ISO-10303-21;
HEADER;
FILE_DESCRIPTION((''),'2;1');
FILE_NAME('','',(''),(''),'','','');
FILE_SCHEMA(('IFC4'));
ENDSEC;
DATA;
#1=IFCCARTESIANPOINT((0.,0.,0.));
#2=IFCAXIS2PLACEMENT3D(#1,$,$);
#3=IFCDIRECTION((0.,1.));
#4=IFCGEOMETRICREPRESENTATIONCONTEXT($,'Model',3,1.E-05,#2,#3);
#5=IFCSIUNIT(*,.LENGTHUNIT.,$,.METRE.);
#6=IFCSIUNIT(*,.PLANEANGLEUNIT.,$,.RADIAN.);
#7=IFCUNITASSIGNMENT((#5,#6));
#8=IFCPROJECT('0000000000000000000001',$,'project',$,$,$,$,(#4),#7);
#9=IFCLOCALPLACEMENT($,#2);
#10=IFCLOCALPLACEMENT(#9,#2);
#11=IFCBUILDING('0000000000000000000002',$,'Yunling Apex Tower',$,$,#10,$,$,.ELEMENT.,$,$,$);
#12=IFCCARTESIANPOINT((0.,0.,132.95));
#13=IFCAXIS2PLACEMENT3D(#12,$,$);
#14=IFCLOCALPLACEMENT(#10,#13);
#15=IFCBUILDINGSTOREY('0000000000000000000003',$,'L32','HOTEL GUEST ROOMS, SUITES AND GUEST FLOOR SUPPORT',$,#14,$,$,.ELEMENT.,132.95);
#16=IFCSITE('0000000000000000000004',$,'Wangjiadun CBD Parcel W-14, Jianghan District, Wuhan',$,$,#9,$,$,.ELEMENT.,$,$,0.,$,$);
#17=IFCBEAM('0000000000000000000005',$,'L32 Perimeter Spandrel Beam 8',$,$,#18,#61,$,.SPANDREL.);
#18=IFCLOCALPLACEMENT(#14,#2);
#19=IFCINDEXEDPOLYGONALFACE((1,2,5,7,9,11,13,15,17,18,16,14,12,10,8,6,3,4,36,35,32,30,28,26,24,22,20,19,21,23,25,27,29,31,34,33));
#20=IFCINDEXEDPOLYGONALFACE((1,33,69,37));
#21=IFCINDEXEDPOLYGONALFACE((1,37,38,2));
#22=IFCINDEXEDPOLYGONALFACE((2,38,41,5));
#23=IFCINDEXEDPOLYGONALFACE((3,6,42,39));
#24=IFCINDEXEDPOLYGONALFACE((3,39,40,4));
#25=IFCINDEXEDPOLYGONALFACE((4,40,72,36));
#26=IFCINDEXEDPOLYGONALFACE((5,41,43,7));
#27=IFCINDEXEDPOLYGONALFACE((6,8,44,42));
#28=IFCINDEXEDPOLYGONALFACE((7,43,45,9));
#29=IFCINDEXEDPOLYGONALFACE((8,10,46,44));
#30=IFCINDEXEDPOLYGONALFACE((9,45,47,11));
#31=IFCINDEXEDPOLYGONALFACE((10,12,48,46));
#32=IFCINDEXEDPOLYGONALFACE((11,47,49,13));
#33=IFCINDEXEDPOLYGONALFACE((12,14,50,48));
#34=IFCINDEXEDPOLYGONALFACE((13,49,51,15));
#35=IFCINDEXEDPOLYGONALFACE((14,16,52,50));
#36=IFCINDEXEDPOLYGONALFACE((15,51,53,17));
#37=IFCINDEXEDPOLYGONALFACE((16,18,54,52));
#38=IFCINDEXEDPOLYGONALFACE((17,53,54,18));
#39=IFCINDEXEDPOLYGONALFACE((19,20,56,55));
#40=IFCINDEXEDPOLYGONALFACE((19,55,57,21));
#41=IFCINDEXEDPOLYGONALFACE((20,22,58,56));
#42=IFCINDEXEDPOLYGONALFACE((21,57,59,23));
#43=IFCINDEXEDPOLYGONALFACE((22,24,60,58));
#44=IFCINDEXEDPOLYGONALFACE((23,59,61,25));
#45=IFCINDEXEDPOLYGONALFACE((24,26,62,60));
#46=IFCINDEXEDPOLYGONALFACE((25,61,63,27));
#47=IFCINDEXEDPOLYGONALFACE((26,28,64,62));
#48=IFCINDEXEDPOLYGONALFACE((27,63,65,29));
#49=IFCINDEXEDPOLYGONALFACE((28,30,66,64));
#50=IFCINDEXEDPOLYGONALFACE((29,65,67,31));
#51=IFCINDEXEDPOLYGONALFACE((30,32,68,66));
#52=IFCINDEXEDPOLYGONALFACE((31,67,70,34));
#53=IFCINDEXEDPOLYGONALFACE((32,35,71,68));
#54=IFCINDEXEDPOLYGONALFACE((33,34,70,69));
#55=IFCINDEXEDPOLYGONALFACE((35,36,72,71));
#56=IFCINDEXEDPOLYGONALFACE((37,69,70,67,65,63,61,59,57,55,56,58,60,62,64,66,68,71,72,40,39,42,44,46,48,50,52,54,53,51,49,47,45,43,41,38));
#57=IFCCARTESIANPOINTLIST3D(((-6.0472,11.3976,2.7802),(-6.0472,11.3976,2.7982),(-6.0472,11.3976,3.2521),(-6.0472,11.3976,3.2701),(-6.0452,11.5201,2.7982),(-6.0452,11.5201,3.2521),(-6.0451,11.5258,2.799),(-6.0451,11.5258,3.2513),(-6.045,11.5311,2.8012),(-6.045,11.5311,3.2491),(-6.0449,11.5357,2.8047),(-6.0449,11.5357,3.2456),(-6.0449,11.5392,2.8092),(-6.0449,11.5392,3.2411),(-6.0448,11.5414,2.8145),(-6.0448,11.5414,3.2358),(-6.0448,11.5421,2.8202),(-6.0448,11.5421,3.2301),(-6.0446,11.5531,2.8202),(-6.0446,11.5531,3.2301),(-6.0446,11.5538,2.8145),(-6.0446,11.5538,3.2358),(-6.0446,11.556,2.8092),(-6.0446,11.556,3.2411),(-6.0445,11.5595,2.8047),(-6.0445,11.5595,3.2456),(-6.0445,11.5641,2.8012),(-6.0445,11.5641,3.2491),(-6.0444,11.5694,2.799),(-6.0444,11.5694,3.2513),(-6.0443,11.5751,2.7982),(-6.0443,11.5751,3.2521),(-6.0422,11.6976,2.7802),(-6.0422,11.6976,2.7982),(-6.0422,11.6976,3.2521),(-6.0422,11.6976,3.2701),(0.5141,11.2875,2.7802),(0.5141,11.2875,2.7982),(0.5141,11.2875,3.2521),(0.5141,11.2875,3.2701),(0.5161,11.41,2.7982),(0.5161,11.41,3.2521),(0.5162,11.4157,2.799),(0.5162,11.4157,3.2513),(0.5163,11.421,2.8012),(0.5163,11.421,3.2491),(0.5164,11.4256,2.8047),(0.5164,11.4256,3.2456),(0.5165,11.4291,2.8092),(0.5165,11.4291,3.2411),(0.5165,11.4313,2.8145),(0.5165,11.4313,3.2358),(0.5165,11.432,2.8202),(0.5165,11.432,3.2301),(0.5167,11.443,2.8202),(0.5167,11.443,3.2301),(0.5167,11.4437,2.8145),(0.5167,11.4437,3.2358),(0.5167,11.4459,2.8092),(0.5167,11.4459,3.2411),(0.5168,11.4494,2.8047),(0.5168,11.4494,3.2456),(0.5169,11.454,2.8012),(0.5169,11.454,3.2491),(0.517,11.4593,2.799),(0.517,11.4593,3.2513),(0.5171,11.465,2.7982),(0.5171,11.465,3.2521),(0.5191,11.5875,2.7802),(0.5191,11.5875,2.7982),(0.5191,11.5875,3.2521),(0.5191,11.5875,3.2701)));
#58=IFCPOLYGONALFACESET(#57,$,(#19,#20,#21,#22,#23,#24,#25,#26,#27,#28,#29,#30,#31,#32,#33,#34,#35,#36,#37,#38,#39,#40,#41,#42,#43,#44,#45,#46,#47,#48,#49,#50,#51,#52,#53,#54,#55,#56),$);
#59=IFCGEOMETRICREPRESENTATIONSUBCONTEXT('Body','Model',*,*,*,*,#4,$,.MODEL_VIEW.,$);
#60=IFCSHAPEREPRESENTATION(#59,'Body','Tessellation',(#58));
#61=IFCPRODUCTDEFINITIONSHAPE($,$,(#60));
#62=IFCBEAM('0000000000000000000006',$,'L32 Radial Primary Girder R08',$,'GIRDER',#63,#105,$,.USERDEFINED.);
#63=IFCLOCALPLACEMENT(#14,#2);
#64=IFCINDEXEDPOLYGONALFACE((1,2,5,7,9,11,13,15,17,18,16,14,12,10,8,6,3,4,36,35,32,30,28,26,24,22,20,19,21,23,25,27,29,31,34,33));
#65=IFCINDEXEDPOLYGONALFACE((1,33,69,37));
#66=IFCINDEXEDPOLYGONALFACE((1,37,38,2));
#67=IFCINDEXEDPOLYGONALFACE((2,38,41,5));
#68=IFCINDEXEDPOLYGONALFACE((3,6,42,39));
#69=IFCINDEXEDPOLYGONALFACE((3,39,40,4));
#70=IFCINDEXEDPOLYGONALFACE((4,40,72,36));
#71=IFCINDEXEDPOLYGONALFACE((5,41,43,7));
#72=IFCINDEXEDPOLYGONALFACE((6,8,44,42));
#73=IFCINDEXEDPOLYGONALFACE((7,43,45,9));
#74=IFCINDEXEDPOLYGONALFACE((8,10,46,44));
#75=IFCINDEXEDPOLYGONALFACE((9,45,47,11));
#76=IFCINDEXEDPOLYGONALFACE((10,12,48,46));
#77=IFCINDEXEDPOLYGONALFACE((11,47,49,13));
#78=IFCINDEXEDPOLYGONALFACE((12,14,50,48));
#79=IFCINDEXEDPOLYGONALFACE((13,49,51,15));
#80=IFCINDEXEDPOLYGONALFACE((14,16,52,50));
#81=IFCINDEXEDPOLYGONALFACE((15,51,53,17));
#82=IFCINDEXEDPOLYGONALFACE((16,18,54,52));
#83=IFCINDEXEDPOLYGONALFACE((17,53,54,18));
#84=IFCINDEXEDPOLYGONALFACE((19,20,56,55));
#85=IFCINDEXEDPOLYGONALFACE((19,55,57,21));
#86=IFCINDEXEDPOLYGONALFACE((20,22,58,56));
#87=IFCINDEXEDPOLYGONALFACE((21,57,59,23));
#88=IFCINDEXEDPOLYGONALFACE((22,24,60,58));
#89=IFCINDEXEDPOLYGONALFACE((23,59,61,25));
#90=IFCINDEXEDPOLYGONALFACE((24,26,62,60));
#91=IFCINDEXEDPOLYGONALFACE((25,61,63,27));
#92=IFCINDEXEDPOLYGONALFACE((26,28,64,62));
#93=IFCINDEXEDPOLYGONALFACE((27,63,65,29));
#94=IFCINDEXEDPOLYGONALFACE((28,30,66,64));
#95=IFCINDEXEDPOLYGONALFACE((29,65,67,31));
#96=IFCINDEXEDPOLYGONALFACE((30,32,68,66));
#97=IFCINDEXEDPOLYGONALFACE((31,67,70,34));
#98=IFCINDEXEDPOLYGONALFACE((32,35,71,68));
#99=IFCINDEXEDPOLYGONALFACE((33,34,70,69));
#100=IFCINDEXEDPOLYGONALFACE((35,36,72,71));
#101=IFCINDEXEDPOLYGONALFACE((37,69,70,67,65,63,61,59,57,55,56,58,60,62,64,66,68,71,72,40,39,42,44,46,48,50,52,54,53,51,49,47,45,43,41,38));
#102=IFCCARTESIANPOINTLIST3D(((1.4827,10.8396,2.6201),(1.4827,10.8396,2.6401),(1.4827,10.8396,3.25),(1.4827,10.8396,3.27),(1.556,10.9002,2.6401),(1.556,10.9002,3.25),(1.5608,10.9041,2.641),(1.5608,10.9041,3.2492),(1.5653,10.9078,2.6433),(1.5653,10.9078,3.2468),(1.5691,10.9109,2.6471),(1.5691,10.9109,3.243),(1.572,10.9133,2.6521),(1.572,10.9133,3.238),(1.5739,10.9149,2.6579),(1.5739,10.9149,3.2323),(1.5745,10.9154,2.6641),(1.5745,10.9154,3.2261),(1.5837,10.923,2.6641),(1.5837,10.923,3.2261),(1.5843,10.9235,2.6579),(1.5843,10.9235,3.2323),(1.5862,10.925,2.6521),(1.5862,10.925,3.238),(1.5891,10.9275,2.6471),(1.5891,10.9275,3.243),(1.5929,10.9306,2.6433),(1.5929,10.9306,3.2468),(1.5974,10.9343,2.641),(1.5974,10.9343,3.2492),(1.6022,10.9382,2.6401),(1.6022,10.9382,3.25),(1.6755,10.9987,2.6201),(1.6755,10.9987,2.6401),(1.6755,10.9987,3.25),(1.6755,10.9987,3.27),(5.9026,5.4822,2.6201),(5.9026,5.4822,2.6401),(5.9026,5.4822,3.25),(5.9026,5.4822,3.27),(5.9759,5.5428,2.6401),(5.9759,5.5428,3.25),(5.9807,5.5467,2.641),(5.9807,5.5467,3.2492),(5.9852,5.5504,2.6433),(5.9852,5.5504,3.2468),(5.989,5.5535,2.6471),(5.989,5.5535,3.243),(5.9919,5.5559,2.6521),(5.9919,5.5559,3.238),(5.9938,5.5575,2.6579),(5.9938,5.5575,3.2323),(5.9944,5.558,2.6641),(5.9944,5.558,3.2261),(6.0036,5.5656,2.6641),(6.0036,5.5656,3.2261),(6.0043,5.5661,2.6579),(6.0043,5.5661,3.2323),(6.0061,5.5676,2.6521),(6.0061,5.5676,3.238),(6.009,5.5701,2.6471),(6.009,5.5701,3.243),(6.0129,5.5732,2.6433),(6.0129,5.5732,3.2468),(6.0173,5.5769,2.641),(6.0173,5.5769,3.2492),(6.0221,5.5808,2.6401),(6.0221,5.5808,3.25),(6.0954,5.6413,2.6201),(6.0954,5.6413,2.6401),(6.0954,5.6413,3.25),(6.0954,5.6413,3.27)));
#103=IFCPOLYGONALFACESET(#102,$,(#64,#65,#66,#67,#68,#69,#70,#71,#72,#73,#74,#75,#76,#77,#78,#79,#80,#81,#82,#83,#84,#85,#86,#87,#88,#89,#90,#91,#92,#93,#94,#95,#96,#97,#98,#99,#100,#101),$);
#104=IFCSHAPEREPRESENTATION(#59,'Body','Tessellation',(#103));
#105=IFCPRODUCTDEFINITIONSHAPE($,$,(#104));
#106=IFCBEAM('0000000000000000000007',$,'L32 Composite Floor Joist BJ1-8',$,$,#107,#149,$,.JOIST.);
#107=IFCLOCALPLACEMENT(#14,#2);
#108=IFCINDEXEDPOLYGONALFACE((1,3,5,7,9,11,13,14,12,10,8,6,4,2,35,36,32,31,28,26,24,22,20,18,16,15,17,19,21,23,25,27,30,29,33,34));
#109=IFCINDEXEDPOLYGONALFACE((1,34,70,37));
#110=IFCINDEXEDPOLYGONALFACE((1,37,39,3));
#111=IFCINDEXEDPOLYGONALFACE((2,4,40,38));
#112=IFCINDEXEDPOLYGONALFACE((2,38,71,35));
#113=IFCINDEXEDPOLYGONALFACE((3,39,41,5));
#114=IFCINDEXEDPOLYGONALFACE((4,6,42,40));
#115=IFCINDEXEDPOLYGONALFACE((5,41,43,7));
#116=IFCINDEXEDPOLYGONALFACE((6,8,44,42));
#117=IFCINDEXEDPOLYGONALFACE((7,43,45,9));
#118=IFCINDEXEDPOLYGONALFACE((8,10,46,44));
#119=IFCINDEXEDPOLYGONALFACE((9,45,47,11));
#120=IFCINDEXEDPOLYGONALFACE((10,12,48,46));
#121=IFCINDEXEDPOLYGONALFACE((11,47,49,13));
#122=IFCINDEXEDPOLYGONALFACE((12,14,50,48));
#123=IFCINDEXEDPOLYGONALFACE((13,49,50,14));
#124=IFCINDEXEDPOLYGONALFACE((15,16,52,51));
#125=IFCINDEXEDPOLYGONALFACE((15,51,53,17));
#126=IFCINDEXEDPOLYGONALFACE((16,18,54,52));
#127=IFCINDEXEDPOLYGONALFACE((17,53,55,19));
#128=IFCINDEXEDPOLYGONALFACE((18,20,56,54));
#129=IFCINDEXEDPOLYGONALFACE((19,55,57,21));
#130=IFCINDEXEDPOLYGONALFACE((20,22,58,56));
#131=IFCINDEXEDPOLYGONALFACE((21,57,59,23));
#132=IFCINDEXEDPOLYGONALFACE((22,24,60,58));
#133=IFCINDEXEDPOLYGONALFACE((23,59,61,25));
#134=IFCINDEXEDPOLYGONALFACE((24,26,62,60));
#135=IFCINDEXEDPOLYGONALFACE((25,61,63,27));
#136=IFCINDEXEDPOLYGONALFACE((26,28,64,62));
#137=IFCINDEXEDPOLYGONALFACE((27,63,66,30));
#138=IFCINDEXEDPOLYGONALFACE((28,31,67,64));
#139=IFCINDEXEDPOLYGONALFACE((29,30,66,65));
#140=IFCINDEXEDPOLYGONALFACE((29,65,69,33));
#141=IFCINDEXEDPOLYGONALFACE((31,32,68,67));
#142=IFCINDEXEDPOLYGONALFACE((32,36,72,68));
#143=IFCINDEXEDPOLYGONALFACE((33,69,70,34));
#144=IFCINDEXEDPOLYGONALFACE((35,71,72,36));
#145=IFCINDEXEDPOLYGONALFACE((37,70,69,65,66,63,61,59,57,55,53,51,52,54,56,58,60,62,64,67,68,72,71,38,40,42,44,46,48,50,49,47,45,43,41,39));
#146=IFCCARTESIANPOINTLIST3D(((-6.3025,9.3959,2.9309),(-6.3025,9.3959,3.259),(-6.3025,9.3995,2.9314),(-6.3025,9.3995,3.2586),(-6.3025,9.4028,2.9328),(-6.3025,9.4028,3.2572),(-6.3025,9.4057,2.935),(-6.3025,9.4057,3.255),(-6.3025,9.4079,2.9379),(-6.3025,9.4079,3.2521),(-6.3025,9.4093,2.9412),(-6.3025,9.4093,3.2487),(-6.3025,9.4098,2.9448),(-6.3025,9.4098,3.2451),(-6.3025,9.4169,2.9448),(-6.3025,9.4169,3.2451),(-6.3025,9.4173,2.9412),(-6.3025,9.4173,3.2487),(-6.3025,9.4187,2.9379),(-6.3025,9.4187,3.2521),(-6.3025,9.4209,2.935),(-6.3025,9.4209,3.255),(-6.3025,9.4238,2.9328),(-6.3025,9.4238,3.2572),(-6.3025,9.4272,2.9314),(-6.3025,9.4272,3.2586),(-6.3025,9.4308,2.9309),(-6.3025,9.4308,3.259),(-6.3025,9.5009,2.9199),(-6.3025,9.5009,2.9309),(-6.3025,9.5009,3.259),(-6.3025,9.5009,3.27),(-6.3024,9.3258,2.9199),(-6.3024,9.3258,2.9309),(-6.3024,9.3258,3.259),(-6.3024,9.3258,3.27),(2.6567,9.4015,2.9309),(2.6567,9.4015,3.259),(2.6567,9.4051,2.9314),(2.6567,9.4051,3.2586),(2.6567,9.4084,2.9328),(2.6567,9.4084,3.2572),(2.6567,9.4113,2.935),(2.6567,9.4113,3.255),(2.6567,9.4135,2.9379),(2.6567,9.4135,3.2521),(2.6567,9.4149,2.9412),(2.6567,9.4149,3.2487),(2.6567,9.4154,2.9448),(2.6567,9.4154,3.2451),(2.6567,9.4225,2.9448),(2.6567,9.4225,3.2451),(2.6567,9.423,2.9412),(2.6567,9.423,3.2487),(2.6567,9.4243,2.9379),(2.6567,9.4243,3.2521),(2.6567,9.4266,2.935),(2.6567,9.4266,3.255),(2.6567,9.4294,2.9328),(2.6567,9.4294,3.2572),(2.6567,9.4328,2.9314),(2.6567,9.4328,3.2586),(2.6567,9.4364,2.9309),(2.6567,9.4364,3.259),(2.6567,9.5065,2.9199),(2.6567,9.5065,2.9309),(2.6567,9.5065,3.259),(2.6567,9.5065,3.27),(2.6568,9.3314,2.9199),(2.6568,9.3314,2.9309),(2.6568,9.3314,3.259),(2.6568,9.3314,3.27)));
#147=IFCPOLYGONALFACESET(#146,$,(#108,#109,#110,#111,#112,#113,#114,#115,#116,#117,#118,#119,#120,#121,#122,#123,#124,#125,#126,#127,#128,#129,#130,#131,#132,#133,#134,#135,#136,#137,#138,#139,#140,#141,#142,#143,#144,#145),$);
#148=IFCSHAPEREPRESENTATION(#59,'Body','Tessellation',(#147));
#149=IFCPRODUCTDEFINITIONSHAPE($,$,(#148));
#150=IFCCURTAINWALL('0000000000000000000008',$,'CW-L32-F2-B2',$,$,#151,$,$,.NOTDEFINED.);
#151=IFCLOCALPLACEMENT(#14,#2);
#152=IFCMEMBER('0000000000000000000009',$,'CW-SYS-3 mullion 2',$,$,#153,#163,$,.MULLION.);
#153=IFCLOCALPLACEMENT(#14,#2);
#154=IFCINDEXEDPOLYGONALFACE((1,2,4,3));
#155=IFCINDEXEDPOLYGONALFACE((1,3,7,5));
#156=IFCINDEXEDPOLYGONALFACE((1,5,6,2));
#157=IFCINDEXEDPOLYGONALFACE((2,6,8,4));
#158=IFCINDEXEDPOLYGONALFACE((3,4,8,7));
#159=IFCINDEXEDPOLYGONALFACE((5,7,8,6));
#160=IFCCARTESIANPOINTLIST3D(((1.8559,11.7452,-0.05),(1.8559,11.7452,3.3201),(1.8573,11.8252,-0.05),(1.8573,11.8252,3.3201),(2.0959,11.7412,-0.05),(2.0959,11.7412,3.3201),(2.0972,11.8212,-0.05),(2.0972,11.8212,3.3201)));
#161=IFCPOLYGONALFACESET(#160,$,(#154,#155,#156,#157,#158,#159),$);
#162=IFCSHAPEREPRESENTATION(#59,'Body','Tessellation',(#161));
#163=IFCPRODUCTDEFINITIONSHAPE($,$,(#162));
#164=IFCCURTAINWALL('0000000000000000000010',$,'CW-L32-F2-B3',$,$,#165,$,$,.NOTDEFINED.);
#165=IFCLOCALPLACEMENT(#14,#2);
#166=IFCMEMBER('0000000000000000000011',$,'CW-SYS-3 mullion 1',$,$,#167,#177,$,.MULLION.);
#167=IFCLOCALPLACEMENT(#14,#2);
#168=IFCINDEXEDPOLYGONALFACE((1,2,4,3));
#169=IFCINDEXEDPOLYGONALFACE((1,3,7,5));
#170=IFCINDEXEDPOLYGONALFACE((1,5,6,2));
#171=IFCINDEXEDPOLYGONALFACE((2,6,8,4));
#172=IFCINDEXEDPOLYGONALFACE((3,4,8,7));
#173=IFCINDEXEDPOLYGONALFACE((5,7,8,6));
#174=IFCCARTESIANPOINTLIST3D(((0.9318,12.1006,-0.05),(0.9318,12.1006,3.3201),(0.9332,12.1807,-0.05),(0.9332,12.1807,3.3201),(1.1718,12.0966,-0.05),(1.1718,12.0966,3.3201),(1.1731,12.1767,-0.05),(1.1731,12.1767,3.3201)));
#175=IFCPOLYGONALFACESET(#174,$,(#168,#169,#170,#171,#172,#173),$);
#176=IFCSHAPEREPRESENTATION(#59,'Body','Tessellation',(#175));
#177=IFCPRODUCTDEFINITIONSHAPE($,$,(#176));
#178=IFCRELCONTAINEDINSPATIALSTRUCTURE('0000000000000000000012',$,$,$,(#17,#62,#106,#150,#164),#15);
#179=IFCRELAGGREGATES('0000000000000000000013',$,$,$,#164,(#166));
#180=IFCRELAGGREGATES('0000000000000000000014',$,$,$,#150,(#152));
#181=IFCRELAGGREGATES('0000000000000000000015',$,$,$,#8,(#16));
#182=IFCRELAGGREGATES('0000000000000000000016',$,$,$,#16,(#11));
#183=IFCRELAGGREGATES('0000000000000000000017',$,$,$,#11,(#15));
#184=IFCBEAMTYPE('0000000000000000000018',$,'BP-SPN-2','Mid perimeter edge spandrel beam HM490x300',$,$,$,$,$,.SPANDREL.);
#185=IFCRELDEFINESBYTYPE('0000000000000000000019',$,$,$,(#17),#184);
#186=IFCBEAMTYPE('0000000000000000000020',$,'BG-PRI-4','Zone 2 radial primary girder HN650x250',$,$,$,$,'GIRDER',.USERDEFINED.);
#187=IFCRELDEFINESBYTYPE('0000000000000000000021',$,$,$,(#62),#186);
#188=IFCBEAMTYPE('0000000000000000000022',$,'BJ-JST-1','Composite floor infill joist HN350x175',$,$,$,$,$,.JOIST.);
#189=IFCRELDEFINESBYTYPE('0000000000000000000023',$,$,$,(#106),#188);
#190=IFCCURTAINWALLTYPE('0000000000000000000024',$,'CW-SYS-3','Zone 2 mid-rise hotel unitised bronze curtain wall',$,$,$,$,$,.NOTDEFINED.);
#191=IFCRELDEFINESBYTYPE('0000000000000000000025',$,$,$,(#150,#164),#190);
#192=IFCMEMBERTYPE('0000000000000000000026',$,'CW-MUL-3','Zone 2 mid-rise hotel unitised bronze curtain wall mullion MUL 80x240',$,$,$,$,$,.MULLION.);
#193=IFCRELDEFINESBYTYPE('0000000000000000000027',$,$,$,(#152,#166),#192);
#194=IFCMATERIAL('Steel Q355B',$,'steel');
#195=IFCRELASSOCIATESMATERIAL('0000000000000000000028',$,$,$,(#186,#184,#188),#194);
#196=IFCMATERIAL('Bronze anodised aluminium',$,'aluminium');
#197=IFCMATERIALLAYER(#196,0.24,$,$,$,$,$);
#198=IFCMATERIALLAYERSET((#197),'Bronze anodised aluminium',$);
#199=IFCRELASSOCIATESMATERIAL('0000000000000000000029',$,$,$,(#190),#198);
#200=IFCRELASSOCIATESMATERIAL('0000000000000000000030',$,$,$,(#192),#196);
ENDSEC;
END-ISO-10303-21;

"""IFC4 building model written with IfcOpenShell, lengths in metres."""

from ifc_helpers import new_model, si_unit, direction, frame, origin, origin_2d, place, context, subcontext, project, spatial, rectangle, i_section, extrude, source, transform, mapped, material, layer, layer_set, material_profile, profile_set, type_object, element, aggregate, save


model = new_model("IFC4")

# Units and contexts
model_context = context("Model", 3, precision=1e-05, world=origin(), true_north=direction((0.0, 1.0)))
body_context = subcontext(model_context, "Body", "Model", "MODEL_VIEW")
ifc_project = project(units=[si_unit("LENGTHUNIT", "METRE"), si_unit("PLANEANGLEUNIT", "RADIAN")], contexts=[model_context])

# Site, building, storey
site_placement = place(None, origin())
site = spatial("IfcSite", under=ifc_project, at=site_placement, Name="Wangjiadun CBD Parcel W-14, Jianghan District, Wuhan", CompositionType="ELEMENT", RefElevation=0.0)
building_placement = place(site_placement, origin())
building = spatial("IfcBuilding", under=site, at=building_placement, Name="Yunling Apex Tower", CompositionType="ELEMENT")
storey_placement = place(building_placement, frame((0.0, 0.0, 132.95)))
storey = spatial("IfcBuildingStorey", under=building, at=storey_placement, Name="L32", Description="HOTEL GUEST ROOMS, SUITES AND GUEST FLOOR SUPPORT", CompositionType="ELEMENT", Elevation=132.95)

# Beams
ifc_material_1 = material(Name="Steel Q355B", Category="steel")
ifc_material_profile_1 = material_profile(ifc_material_1, i_section(OverallWidth=0.25, OverallDepth=0.6499, WebThickness=0.012, FlangeThickness=0.02, FilletRadius=0.0239, at=origin_2d()))
ifc_profile_set_1 = profile_set([ifc_material_profile_1], Name="Steel Q355B")
beam_type_1 = type_object("IfcBeamType", Name="BG-PRI-4", Description="Zone 2 radial primary girder HN650x250", ElementType="GIRDER", PredefinedType="USERDEFINED", material=ifc_profile_set_1)
ifc_material_profile_2 = material_profile(ifc_material_1, i_section(OverallWidth=0.3, OverallDepth=0.49, WebThickness=0.011, FlangeThickness=0.0181, FilletRadius=0.022, at=origin_2d()))
ifc_profile_set_2 = profile_set([ifc_material_profile_2], Name="Steel Q355B")
beam_type_2 = type_object("IfcBeamType", Name="BP-SPN-2", Description="Mid perimeter edge spandrel beam HM490x300", PredefinedType="SPANDREL", material=ifc_profile_set_2)
shared_shape_1 = source(origin(), body_context, "Body", "SweptSolid", [
    extrude(i_section(OverallWidth=0.3, OverallDepth=0.49, WebThickness=0.011, FlangeThickness=0.0181, FilletRadius=0.022, at=origin_2d()), origin(), (0.0, 0.0, 1.0), 6.5623),
])
beam_1_placement = place(storey_placement, frame((0.5166, 11.4375, 3.0251), z_axis=(-0.999859, 0.016779, 0.0), x_axis=(-0.016779, -0.999859, 0.0)))
element("IfcBeam", 1, at=beam_1_placement, inside=storey, type_object=beam_type_2, Name="L32 Perimeter Spandrel Beam 8", PredefinedType="SPANDREL", context=body_context, shape_type="MappedRepresentation", body=[
    mapped(shared_shape_1, transform((0.0, 0.0, 0.0), scale=1.0)),
])
shared_shape_2 = source(origin(), body_context, "Body", "SweptSolid", [
    extrude(i_section(OverallWidth=0.25, OverallDepth=0.6499, WebThickness=0.012, FlangeThickness=0.02, FilletRadius=0.0239, at=origin_2d()), origin(), (0.0, 0.0, 1.0), 6.9453),
])
beam_2_placement = place(storey_placement, frame((1.5791, 10.9192, 2.9451), z_axis=(0.636387, -0.77137, 0.0), x_axis=(0.77137, 0.636387, 0.0)))
element("IfcBeam", 2, at=beam_2_placement, inside=storey, type_object=beam_type_1, Name="L32 Radial Primary Girder R08", ObjectType="GIRDER", PredefinedType="USERDEFINED", context=body_context, shape_type="MappedRepresentation", body=[
    mapped(shared_shape_2, transform((0.0, 0.0, 0.0), scale=1.0)),
])
ifc_material_profile_3 = material_profile(ifc_material_1, i_section(OverallWidth=0.175, OverallDepth=0.3501, WebThickness=0.0071, FlangeThickness=0.011, FilletRadius=0.0139, at=origin_2d()))
ifc_profile_set_3 = profile_set([ifc_material_profile_3], Name="Steel Q355B")
beam_type_3 = type_object("IfcBeamType", Name="BJ-JST-1", Description="Composite floor infill joist HN350x175", PredefinedType="JOIST", material=ifc_profile_set_3)
shared_shape_3 = source(origin(), body_context, "Body", "SweptSolid", [
    extrude(i_section(OverallWidth=0.175, OverallDepth=0.3501, WebThickness=0.0071, FlangeThickness=0.011, FilletRadius=0.0139, at=origin_2d()), origin(), (0.0, 0.0, 1.0), 8.9592),
])
beam_3_placement = place(storey_placement, frame((2.6567, 9.4189, 3.095), z_axis=(-1.0, -0.000627, 0.0), x_axis=(0.000627, -1.0, 0.0)))
element("IfcBeam", 3, at=beam_3_placement, inside=storey, type_object=beam_type_3, Name="L32 Composite Floor Joist BJ1-8", PredefinedType="JOIST", context=body_context, shape_type="MappedRepresentation", body=[
    mapped(shared_shape_3, transform((0.0, 0.0, 0.0), scale=1.0)),
])

# Curtain wall, member
ifc_material_2 = material(Name="Bronze anodised aluminium", Category="aluminium")
ifc_layer_1 = layer(ifc_material_2, 0.24)
ifc_layer_set_1 = layer_set([ifc_layer_1], Name="Bronze anodised aluminium")
curtain_wall_type = type_object("IfcCurtainWallType", Name="CW-SYS-3", Description="Zone 2 mid-rise hotel unitised bronze curtain wall", PredefinedType="NOTDEFINED", material=ifc_layer_set_1)
curtain_wall_1_placement = place(storey_placement, origin())
curtain_wall_1 = element("IfcCurtainWall", 4, at=curtain_wall_1_placement, inside=storey, type_object=curtain_wall_type, Name="CW-L32-F2-B2", PredefinedType="NOTDEFINED")
ifc_material_profile_4 = material_profile(ifc_material_2, rectangle(XDim=0.0801, YDim=0.24, at=origin_2d()))
ifc_profile_set_4 = profile_set([ifc_material_profile_4], Name="Bronze anodised aluminium")
member_type_1 = type_object("IfcMemberType", Name="CW-MUL-3", Description="Zone 2 mid-rise hotel unitised bronze curtain wall mullion MUL 80x240", PredefinedType="MULLION", material=ifc_profile_set_4)
shared_shape_4 = source(origin(), body_context, "Body", "SweptSolid", [
    extrude(rectangle(XDim=0.0801, YDim=0.24, at=origin_2d()), origin(), (0.0, 0.0, 1.0), 3.3701),
])
member_1_placement = place(storey_placement, frame((1.9766, 11.7832, -0.05), z_axis=(0.0, 0.0, 1.0), x_axis=(-0.016767, -0.999859, 0.0)))
member_1 = element("IfcMember", 5, at=member_1_placement, type_object=member_type_1, Name="CW-SYS-3 mullion 2", PredefinedType="MULLION", context=body_context, shape_type="MappedRepresentation", body=[
    mapped(shared_shape_4, transform((0.0, 0.0, 0.0), scale=1.0)),
])

# Curtain wall, member
curtain_wall_2_placement = place(storey_placement, origin())
curtain_wall_2 = element("IfcCurtainWall", 6, at=curtain_wall_2_placement, inside=storey, type_object=curtain_wall_type, Name="CW-L32-F2-B3", PredefinedType="NOTDEFINED")
member_2_placement = place(storey_placement, frame((1.0525, 12.1387, -0.05), z_axis=(0.0, 0.0, 1.0), x_axis=(-0.016762, -0.99986, 0.0)))
member_2 = element("IfcMember", 7, at=member_2_placement, type_object=member_type_1, Name="CW-SYS-3 mullion 1", PredefinedType="MULLION", context=body_context, shape_type="MappedRepresentation", body=[
    mapped(shared_shape_4, transform((0.0, 0.0, 0.0), scale=1.0)),
])
aggregate(curtain_wall_2, [member_2])

aggregate(curtain_wall_1, [member_1])

save(model, "model.ifc")
